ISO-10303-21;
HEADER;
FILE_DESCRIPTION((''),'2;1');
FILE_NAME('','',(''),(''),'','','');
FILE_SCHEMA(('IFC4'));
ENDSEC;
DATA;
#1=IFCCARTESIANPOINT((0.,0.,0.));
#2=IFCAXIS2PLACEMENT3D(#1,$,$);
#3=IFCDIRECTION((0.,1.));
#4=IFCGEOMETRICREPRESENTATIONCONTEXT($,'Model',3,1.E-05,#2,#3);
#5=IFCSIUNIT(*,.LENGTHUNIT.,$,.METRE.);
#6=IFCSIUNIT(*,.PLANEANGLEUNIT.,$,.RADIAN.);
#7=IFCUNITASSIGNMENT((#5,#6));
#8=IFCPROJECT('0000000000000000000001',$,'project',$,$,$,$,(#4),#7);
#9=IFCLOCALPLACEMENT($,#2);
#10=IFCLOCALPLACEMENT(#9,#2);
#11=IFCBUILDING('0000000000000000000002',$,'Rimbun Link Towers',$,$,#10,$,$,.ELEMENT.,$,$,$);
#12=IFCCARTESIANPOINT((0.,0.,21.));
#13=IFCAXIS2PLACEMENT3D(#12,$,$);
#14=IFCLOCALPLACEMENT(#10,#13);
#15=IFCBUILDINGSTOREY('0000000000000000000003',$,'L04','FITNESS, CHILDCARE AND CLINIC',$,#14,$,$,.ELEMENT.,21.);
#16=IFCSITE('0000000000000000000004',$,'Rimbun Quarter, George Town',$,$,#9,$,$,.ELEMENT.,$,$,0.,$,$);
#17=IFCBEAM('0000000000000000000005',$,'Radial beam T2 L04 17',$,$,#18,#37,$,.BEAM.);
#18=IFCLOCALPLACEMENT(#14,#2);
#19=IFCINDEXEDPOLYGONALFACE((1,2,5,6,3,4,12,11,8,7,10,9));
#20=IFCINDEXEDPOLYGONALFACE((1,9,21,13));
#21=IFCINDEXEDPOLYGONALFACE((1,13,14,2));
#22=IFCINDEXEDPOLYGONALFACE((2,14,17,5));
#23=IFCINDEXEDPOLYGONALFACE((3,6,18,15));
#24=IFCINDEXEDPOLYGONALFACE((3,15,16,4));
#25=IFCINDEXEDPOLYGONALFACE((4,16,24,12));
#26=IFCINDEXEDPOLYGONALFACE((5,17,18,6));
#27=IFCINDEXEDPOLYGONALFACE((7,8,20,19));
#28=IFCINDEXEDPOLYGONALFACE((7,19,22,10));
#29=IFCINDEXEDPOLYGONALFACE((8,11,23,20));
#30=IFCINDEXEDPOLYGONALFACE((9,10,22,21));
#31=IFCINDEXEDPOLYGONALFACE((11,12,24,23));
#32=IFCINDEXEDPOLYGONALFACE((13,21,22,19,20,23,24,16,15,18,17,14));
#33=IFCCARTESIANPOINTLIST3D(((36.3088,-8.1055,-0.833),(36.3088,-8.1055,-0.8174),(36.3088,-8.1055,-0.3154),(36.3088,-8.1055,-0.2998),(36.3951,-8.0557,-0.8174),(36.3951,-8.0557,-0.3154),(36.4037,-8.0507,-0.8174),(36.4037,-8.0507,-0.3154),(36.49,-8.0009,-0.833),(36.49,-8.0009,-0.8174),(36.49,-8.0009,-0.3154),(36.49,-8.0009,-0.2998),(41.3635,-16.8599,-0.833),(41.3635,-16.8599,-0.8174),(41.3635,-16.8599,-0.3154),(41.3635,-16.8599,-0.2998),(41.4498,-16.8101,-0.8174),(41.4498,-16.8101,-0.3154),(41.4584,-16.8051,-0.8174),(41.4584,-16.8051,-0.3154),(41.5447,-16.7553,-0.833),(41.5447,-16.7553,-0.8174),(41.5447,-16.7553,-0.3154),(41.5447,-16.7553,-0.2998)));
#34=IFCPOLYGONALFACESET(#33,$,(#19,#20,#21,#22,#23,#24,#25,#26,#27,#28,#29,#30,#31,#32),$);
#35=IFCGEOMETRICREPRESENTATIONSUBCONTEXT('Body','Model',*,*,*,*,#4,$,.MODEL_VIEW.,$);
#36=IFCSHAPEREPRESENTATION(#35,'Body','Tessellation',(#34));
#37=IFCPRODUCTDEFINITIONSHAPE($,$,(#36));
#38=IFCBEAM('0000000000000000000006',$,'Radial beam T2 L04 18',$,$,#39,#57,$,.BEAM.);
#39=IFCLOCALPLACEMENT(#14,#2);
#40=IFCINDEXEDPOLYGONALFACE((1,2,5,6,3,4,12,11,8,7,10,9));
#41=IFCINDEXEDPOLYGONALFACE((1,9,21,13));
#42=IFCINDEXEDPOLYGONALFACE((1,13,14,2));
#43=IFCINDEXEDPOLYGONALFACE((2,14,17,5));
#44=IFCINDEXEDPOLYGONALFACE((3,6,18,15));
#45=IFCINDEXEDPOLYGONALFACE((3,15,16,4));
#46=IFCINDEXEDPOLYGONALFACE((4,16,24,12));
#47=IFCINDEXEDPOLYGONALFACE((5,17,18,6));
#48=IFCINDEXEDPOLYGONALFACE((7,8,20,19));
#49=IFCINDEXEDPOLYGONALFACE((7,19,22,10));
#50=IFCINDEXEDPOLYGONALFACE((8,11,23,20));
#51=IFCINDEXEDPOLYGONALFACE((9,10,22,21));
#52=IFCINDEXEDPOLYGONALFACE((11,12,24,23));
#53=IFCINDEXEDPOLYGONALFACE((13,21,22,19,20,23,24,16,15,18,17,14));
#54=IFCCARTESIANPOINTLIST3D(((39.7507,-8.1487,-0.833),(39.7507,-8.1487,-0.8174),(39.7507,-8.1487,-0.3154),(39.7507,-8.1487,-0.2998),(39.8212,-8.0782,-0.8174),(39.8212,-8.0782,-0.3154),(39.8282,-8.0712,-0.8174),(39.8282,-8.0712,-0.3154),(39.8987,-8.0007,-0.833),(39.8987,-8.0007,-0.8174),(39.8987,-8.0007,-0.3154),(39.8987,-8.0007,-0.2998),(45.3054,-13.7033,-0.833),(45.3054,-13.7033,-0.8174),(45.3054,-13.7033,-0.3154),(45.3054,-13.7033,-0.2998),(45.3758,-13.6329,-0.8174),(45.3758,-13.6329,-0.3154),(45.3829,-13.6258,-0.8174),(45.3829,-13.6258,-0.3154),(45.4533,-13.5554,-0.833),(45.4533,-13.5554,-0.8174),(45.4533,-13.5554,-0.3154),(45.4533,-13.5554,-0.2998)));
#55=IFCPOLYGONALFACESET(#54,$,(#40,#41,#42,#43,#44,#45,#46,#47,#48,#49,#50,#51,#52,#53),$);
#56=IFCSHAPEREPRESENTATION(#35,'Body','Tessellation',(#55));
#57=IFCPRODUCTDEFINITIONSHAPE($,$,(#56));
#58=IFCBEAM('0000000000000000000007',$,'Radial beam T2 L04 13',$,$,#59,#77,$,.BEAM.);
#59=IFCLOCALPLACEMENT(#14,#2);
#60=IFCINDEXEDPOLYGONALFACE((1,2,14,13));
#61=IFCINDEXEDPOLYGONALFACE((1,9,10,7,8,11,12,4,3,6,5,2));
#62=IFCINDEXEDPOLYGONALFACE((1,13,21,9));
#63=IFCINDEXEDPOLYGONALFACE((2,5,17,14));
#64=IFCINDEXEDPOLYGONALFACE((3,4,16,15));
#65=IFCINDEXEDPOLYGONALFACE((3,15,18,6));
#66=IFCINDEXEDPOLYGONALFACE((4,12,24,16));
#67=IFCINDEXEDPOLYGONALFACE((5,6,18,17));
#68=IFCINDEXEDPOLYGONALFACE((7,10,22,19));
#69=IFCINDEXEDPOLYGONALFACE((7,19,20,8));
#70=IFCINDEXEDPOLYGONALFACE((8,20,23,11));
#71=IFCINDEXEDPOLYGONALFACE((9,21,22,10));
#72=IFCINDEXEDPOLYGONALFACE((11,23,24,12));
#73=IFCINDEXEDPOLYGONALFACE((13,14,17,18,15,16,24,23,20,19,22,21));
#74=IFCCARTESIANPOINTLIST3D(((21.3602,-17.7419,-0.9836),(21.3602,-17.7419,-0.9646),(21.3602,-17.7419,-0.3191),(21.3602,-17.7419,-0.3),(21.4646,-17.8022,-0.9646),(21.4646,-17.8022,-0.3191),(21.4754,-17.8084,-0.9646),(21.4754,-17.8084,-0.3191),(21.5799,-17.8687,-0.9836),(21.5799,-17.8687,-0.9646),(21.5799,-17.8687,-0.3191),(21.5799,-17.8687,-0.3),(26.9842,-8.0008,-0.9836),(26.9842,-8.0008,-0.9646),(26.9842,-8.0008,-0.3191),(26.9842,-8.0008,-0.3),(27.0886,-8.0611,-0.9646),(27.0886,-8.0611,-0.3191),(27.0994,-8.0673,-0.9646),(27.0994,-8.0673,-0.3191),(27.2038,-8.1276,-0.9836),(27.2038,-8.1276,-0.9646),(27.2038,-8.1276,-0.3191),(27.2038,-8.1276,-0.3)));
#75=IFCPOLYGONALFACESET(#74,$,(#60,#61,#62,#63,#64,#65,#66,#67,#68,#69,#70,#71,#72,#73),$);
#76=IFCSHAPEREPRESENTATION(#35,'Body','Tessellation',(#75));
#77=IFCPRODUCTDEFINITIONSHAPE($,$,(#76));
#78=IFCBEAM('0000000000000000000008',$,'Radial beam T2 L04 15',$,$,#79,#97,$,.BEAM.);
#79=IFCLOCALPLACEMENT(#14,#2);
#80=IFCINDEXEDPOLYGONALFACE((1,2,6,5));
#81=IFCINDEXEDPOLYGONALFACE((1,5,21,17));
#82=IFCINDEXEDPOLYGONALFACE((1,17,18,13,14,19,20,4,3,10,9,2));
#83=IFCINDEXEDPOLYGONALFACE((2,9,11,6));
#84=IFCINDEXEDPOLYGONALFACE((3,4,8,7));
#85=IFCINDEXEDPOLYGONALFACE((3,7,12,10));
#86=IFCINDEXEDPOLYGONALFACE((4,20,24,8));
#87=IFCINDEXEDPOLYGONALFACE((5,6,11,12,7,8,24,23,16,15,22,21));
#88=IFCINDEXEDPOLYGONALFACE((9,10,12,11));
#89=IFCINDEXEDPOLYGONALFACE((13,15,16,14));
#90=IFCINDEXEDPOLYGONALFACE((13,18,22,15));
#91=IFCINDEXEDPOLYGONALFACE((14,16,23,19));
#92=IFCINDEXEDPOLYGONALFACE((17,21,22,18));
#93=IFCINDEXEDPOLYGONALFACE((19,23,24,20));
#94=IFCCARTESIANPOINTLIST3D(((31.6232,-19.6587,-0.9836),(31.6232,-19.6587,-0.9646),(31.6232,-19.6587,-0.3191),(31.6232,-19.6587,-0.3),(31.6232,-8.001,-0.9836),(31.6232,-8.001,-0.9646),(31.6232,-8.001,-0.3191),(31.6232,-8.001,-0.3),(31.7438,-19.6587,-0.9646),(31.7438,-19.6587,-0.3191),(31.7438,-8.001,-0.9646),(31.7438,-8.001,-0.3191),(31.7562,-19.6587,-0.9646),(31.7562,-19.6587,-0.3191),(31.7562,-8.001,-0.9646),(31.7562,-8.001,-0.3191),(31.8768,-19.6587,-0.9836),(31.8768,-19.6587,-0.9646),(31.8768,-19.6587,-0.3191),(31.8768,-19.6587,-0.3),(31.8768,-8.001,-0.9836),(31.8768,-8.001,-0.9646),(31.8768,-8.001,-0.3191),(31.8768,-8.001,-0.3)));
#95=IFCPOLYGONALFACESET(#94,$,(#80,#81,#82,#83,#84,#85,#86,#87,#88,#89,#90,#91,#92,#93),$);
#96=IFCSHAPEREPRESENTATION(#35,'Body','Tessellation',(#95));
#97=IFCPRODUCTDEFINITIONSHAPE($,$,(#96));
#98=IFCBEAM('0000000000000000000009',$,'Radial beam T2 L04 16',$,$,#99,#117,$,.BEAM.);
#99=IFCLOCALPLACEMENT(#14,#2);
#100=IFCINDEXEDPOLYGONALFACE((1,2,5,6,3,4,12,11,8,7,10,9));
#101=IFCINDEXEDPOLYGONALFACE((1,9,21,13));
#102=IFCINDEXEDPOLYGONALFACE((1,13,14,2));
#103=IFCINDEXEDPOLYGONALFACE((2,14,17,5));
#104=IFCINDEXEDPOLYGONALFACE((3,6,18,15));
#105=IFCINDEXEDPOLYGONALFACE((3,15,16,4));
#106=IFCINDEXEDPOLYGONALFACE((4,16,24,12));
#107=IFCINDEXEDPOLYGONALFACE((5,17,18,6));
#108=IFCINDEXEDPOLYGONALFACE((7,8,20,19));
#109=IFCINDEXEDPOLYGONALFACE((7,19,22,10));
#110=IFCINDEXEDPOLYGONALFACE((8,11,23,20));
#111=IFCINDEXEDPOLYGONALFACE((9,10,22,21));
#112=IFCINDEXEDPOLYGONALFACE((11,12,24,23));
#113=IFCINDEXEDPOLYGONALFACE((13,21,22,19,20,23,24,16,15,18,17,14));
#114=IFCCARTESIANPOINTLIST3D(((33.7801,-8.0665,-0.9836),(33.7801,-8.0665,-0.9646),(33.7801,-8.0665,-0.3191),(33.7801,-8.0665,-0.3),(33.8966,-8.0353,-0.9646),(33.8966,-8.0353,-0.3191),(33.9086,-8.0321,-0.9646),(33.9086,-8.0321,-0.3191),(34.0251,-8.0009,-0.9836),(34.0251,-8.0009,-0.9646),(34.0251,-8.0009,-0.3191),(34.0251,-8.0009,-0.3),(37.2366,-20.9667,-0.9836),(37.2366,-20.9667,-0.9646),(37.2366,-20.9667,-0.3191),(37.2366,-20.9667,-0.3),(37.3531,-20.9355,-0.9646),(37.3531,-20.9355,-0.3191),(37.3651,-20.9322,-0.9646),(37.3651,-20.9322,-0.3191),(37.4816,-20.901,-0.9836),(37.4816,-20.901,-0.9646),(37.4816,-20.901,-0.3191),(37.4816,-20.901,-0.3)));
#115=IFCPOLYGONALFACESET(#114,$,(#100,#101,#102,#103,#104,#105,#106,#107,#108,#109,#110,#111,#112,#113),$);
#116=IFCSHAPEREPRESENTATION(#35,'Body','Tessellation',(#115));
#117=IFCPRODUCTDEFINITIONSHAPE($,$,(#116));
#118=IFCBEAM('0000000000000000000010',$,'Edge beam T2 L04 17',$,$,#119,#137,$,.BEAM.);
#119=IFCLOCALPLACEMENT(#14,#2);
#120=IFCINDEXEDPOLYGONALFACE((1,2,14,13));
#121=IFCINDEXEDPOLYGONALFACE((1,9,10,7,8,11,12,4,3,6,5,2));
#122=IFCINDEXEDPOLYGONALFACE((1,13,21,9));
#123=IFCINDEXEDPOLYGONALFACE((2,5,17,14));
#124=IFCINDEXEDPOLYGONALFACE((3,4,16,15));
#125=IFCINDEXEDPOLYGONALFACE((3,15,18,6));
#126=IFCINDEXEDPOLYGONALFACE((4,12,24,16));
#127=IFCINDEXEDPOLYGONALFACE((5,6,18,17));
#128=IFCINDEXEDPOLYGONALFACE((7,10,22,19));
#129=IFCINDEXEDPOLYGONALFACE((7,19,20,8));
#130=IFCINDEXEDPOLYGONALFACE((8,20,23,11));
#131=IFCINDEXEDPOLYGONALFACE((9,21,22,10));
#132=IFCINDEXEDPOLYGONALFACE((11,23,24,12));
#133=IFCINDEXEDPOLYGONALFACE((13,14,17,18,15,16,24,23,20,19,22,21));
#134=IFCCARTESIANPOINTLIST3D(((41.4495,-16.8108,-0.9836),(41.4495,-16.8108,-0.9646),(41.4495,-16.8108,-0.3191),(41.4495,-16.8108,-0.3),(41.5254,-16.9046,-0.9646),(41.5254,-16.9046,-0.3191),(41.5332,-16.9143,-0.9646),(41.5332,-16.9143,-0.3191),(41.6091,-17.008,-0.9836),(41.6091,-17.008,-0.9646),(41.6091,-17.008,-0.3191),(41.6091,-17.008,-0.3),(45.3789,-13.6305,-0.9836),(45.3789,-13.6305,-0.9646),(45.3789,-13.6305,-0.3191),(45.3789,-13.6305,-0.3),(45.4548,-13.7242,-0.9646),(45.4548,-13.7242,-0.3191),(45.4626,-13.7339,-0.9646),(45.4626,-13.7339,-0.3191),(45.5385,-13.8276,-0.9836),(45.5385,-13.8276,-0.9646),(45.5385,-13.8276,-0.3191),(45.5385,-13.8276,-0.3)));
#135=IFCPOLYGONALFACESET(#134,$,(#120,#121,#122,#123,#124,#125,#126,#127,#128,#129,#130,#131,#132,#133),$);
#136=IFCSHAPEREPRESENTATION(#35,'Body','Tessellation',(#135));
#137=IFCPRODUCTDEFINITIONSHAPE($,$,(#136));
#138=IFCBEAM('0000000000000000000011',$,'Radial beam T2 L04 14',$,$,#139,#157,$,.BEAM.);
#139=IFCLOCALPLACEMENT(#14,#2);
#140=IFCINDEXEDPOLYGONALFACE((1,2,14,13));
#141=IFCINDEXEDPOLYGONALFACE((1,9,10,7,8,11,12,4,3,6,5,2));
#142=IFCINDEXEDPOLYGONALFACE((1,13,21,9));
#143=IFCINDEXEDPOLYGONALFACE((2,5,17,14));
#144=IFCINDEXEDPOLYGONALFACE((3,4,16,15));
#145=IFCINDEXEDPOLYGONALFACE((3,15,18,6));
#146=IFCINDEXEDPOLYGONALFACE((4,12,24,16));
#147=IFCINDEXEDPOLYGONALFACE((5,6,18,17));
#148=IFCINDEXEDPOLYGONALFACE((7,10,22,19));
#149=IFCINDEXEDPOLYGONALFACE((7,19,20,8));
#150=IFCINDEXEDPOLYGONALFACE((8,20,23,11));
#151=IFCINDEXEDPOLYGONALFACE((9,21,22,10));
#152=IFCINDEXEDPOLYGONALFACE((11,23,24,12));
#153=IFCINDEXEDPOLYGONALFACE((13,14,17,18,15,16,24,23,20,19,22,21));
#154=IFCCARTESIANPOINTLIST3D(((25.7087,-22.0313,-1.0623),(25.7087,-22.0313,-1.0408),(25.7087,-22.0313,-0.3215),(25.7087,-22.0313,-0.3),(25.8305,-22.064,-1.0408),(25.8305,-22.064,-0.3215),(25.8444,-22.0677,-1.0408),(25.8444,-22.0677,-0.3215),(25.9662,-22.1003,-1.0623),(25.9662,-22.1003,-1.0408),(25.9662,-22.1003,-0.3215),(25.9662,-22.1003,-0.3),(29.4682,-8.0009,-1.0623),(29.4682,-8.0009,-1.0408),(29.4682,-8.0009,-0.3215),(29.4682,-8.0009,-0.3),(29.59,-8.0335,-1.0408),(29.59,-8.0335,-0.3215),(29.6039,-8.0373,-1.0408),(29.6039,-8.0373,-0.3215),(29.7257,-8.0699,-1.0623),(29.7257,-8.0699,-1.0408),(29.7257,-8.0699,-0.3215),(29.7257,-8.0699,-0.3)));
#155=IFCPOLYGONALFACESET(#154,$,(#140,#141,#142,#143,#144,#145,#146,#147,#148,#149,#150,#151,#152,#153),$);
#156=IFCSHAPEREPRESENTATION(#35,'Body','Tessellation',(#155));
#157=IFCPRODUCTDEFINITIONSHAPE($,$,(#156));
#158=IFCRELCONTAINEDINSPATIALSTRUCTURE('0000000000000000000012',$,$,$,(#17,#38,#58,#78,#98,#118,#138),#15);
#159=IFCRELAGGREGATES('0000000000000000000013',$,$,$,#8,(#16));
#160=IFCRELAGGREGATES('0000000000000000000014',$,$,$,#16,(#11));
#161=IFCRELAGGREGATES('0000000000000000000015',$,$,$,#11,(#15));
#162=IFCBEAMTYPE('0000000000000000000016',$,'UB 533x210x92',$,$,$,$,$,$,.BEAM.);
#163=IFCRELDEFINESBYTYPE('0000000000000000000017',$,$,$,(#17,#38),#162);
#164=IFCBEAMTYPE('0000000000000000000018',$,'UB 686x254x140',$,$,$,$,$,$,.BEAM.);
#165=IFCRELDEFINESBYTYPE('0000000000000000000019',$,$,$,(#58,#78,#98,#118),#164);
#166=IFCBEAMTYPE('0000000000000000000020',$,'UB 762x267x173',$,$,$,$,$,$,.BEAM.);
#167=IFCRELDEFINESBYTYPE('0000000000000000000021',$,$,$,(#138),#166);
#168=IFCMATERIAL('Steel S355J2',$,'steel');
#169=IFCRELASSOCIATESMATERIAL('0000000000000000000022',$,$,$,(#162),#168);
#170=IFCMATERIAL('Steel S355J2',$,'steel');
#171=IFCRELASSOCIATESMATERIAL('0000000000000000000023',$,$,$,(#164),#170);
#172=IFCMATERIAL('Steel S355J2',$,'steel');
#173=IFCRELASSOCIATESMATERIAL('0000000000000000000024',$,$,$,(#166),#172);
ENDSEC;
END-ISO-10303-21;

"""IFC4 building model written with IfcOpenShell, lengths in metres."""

from ifc_helpers import new_model, si_unit, direction, frame, origin, origin_2d, place, context, subcontext, project, spatial, i_section, extrude, material, material_profile, profile_set, type_object, element, save


model = new_model("IFC4")

# Units and contexts
model_context = context("Model", 3, precision=1e-05, world=origin(), true_north=direction((0.0, 1.0)))
body_context = subcontext(model_context, "Body", "Model", "MODEL_VIEW")
ifc_project = project(units=[si_unit("LENGTHUNIT", "METRE"), si_unit("PLANEANGLEUNIT", "RADIAN")], contexts=[model_context])

# Site, building, storey
site_placement = place(None, origin())
site = spatial("IfcSite", under=ifc_project, at=site_placement, Name="Rimbun Quarter, George Town", CompositionType="ELEMENT", RefElevation=0.0)
building_placement = place(site_placement, origin())
building = spatial("IfcBuilding", under=site, at=building_placement, Name="Rimbun Link Towers", CompositionType="ELEMENT")
storey_placement = place(building_placement, frame((0.0, 0.0, 21.0)))
storey = spatial("IfcBuildingStorey", under=building, at=storey_placement, Name="L04", Description="FITNESS, CHILDCARE AND CLINIC", CompositionType="ELEMENT", Elevation=21.0)

# Beams
ifc_material_1 = material(Name="Steel S355J2", Category="steel")
ifc_material_profile_1 = material_profile(ifc_material_1, i_section(OverallWidth=0.2092, OverallDepth=0.5332, WebThickness=0.01, FlangeThickness=0.0156, at=origin_2d()), Name="UB 533x210x92")
ifc_profile_set_1 = profile_set([ifc_material_profile_1], Name="Steel S355J2")
beam_type_1 = type_object("IfcBeamType", Name="UB 533x210x92", PredefinedType="BEAM", material=ifc_profile_set_1)
beam_1_placement = place(storey_placement, frame((36.3994, -8.0532, -0.5664), z_axis=(0.500025, -0.866011, 0.0), x_axis=(0.866011, 0.500025, 0.0)))
element("IfcBeam", 1, at=beam_1_placement, inside=storey, type_object=beam_type_1, Name="Radial beam T2 L04 17", PredefinedType="BEAM", context=body_context, shape_type="SweptSolid", body=[
    extrude(i_section(OverallWidth=0.2092, OverallDepth=0.5332, WebThickness=0.01, FlangeThickness=0.0156, at=origin_2d()), origin(), (0.0, 0.0, 1.0), 10.1089),
])
beam_2_placement = place(storey_placement, frame((39.8247, -8.0747, -0.5664), z_axis=(0.707107, -0.707107, 0.0), x_axis=(0.707107, 0.707107, 0.0)))
element("IfcBeam", 2, at=beam_2_placement, inside=storey, type_object=beam_type_1, Name="Radial beam T2 L04 18", PredefinedType="BEAM", context=body_context, shape_type="SweptSolid", body=[
    extrude(i_section(OverallWidth=0.2092, OverallDepth=0.5332, WebThickness=0.01, FlangeThickness=0.0156, at=origin_2d()), origin(), (0.0, 0.0, 1.0), 7.8555),
])
ifc_material_2 = material(Name="Steel S355J2", Category="steel")
ifc_material_profile_2 = material_profile(ifc_material_2, i_section(OverallWidth=0.2537, OverallDepth=0.6836, WebThickness=0.0125, FlangeThickness=0.019, at=origin_2d()), Name="UB 686x254x140")
ifc_profile_set_2 = profile_set([ifc_material_profile_2], Name="Steel S355J2")
beam_type_2 = type_object("IfcBeamType", Name="UB 686x254x140", PredefinedType="BEAM", material=ifc_profile_set_2)
beam_3_placement = place(storey_placement, frame((27.094, -8.0642, -0.6418), z_axis=(-0.499996, -0.866028, 0.0), x_axis=(0.866028, -0.499996, 0.0)))
element("IfcBeam", 3, at=beam_3_placement, inside=storey, type_object=beam_type_2, Name="Radial beam T2 L04 13", PredefinedType="BEAM", context=body_context, shape_type="SweptSolid", body=[
    extrude(i_section(OverallWidth=0.2537, OverallDepth=0.6836, WebThickness=0.0125, FlangeThickness=0.019, at=origin_2d()), origin(), (0.0, 0.0, 1.0), 11.248),
])
beam_4_placement = place(storey_placement, frame((31.75, -8.001, -0.6418), z_axis=(0.0, -1.0, 0.0), x_axis=(1.0, 0.0, 0.0)))
element("IfcBeam", 4, at=beam_4_placement, inside=storey, type_object=beam_type_2, Name="Radial beam T2 L04 15", PredefinedType="BEAM", context=body_context, shape_type="SweptSolid", body=[
    extrude(i_section(OverallWidth=0.2537, OverallDepth=0.6836, WebThickness=0.0125, FlangeThickness=0.019, at=origin_2d()), origin(), (0.0, 0.0, 1.0), 11.6577),
])
beam_5_placement = place(storey_placement, frame((33.9026, -8.0337, -0.6418), z_axis=(0.258816, -0.965927, 0.0), x_axis=(0.965927, 0.258816, 0.0)))
element("IfcBeam", 5, at=beam_5_placement, inside=storey, type_object=beam_type_2, Name="Radial beam T2 L04 16", PredefinedType="BEAM", context=body_context, shape_type="SweptSolid", body=[
    extrude(i_section(OverallWidth=0.2537, OverallDepth=0.6836, WebThickness=0.0125, FlangeThickness=0.019, at=origin_2d()), origin(), (0.0, 0.0, 1.0), 13.3552),
])
beam_6_placement = place(storey_placement, frame((41.5293, -16.9094, -0.6418), z_axis=(0.777299, 0.629132, 0.0), x_axis=(-0.629132, 0.777299, 0.0)))
element("IfcBeam", 6, at=beam_6_placement, inside=storey, type_object=beam_type_2, Name="Edge beam T2 L04 17", PredefinedType="BEAM", context=body_context, shape_type="SweptSolid", body=[
    extrude(i_section(OverallWidth=0.2537, OverallDepth=0.6836, WebThickness=0.0125, FlangeThickness=0.019, at=origin_2d()), origin(), (0.0, 0.0, 1.0), 5.0552),
])
ifc_material_3 = material(Name="Steel S355J2", Category="steel")
ifc_material_profile_3 = material_profile(ifc_material_3, i_section(OverallWidth=0.2666, OverallDepth=0.7622, WebThickness=0.0144, FlangeThickness=0.0215, at=origin_2d()), Name="UB 762x267x173")
ifc_profile_set_3 = profile_set([ifc_material_profile_3], Name="Steel S355J2")
beam_type_3 = type_object("IfcBeamType", Name="UB 762x267x173", PredefinedType="BEAM", material=ifc_profile_set_3)
beam_7_placement = place(storey_placement, frame((29.5969, -8.0354, -0.6812), z_axis=(-0.258823, -0.965925, 0.0), x_axis=(0.965925, -0.258823, 0.0)))
element("IfcBeam", 7, at=beam_7_placement, inside=storey, type_object=beam_type_3, Name="Radial beam T2 L04 14", PredefinedType="BEAM", context=body_context, shape_type="SweptSolid", body=[
    extrude(i_section(OverallWidth=0.2666, OverallDepth=0.7622, WebThickness=0.0144, FlangeThickness=0.0215, at=origin_2d()), origin(), (0.0, 0.0, 1.0), 14.5254),
])

save(model, "model.ifc")
